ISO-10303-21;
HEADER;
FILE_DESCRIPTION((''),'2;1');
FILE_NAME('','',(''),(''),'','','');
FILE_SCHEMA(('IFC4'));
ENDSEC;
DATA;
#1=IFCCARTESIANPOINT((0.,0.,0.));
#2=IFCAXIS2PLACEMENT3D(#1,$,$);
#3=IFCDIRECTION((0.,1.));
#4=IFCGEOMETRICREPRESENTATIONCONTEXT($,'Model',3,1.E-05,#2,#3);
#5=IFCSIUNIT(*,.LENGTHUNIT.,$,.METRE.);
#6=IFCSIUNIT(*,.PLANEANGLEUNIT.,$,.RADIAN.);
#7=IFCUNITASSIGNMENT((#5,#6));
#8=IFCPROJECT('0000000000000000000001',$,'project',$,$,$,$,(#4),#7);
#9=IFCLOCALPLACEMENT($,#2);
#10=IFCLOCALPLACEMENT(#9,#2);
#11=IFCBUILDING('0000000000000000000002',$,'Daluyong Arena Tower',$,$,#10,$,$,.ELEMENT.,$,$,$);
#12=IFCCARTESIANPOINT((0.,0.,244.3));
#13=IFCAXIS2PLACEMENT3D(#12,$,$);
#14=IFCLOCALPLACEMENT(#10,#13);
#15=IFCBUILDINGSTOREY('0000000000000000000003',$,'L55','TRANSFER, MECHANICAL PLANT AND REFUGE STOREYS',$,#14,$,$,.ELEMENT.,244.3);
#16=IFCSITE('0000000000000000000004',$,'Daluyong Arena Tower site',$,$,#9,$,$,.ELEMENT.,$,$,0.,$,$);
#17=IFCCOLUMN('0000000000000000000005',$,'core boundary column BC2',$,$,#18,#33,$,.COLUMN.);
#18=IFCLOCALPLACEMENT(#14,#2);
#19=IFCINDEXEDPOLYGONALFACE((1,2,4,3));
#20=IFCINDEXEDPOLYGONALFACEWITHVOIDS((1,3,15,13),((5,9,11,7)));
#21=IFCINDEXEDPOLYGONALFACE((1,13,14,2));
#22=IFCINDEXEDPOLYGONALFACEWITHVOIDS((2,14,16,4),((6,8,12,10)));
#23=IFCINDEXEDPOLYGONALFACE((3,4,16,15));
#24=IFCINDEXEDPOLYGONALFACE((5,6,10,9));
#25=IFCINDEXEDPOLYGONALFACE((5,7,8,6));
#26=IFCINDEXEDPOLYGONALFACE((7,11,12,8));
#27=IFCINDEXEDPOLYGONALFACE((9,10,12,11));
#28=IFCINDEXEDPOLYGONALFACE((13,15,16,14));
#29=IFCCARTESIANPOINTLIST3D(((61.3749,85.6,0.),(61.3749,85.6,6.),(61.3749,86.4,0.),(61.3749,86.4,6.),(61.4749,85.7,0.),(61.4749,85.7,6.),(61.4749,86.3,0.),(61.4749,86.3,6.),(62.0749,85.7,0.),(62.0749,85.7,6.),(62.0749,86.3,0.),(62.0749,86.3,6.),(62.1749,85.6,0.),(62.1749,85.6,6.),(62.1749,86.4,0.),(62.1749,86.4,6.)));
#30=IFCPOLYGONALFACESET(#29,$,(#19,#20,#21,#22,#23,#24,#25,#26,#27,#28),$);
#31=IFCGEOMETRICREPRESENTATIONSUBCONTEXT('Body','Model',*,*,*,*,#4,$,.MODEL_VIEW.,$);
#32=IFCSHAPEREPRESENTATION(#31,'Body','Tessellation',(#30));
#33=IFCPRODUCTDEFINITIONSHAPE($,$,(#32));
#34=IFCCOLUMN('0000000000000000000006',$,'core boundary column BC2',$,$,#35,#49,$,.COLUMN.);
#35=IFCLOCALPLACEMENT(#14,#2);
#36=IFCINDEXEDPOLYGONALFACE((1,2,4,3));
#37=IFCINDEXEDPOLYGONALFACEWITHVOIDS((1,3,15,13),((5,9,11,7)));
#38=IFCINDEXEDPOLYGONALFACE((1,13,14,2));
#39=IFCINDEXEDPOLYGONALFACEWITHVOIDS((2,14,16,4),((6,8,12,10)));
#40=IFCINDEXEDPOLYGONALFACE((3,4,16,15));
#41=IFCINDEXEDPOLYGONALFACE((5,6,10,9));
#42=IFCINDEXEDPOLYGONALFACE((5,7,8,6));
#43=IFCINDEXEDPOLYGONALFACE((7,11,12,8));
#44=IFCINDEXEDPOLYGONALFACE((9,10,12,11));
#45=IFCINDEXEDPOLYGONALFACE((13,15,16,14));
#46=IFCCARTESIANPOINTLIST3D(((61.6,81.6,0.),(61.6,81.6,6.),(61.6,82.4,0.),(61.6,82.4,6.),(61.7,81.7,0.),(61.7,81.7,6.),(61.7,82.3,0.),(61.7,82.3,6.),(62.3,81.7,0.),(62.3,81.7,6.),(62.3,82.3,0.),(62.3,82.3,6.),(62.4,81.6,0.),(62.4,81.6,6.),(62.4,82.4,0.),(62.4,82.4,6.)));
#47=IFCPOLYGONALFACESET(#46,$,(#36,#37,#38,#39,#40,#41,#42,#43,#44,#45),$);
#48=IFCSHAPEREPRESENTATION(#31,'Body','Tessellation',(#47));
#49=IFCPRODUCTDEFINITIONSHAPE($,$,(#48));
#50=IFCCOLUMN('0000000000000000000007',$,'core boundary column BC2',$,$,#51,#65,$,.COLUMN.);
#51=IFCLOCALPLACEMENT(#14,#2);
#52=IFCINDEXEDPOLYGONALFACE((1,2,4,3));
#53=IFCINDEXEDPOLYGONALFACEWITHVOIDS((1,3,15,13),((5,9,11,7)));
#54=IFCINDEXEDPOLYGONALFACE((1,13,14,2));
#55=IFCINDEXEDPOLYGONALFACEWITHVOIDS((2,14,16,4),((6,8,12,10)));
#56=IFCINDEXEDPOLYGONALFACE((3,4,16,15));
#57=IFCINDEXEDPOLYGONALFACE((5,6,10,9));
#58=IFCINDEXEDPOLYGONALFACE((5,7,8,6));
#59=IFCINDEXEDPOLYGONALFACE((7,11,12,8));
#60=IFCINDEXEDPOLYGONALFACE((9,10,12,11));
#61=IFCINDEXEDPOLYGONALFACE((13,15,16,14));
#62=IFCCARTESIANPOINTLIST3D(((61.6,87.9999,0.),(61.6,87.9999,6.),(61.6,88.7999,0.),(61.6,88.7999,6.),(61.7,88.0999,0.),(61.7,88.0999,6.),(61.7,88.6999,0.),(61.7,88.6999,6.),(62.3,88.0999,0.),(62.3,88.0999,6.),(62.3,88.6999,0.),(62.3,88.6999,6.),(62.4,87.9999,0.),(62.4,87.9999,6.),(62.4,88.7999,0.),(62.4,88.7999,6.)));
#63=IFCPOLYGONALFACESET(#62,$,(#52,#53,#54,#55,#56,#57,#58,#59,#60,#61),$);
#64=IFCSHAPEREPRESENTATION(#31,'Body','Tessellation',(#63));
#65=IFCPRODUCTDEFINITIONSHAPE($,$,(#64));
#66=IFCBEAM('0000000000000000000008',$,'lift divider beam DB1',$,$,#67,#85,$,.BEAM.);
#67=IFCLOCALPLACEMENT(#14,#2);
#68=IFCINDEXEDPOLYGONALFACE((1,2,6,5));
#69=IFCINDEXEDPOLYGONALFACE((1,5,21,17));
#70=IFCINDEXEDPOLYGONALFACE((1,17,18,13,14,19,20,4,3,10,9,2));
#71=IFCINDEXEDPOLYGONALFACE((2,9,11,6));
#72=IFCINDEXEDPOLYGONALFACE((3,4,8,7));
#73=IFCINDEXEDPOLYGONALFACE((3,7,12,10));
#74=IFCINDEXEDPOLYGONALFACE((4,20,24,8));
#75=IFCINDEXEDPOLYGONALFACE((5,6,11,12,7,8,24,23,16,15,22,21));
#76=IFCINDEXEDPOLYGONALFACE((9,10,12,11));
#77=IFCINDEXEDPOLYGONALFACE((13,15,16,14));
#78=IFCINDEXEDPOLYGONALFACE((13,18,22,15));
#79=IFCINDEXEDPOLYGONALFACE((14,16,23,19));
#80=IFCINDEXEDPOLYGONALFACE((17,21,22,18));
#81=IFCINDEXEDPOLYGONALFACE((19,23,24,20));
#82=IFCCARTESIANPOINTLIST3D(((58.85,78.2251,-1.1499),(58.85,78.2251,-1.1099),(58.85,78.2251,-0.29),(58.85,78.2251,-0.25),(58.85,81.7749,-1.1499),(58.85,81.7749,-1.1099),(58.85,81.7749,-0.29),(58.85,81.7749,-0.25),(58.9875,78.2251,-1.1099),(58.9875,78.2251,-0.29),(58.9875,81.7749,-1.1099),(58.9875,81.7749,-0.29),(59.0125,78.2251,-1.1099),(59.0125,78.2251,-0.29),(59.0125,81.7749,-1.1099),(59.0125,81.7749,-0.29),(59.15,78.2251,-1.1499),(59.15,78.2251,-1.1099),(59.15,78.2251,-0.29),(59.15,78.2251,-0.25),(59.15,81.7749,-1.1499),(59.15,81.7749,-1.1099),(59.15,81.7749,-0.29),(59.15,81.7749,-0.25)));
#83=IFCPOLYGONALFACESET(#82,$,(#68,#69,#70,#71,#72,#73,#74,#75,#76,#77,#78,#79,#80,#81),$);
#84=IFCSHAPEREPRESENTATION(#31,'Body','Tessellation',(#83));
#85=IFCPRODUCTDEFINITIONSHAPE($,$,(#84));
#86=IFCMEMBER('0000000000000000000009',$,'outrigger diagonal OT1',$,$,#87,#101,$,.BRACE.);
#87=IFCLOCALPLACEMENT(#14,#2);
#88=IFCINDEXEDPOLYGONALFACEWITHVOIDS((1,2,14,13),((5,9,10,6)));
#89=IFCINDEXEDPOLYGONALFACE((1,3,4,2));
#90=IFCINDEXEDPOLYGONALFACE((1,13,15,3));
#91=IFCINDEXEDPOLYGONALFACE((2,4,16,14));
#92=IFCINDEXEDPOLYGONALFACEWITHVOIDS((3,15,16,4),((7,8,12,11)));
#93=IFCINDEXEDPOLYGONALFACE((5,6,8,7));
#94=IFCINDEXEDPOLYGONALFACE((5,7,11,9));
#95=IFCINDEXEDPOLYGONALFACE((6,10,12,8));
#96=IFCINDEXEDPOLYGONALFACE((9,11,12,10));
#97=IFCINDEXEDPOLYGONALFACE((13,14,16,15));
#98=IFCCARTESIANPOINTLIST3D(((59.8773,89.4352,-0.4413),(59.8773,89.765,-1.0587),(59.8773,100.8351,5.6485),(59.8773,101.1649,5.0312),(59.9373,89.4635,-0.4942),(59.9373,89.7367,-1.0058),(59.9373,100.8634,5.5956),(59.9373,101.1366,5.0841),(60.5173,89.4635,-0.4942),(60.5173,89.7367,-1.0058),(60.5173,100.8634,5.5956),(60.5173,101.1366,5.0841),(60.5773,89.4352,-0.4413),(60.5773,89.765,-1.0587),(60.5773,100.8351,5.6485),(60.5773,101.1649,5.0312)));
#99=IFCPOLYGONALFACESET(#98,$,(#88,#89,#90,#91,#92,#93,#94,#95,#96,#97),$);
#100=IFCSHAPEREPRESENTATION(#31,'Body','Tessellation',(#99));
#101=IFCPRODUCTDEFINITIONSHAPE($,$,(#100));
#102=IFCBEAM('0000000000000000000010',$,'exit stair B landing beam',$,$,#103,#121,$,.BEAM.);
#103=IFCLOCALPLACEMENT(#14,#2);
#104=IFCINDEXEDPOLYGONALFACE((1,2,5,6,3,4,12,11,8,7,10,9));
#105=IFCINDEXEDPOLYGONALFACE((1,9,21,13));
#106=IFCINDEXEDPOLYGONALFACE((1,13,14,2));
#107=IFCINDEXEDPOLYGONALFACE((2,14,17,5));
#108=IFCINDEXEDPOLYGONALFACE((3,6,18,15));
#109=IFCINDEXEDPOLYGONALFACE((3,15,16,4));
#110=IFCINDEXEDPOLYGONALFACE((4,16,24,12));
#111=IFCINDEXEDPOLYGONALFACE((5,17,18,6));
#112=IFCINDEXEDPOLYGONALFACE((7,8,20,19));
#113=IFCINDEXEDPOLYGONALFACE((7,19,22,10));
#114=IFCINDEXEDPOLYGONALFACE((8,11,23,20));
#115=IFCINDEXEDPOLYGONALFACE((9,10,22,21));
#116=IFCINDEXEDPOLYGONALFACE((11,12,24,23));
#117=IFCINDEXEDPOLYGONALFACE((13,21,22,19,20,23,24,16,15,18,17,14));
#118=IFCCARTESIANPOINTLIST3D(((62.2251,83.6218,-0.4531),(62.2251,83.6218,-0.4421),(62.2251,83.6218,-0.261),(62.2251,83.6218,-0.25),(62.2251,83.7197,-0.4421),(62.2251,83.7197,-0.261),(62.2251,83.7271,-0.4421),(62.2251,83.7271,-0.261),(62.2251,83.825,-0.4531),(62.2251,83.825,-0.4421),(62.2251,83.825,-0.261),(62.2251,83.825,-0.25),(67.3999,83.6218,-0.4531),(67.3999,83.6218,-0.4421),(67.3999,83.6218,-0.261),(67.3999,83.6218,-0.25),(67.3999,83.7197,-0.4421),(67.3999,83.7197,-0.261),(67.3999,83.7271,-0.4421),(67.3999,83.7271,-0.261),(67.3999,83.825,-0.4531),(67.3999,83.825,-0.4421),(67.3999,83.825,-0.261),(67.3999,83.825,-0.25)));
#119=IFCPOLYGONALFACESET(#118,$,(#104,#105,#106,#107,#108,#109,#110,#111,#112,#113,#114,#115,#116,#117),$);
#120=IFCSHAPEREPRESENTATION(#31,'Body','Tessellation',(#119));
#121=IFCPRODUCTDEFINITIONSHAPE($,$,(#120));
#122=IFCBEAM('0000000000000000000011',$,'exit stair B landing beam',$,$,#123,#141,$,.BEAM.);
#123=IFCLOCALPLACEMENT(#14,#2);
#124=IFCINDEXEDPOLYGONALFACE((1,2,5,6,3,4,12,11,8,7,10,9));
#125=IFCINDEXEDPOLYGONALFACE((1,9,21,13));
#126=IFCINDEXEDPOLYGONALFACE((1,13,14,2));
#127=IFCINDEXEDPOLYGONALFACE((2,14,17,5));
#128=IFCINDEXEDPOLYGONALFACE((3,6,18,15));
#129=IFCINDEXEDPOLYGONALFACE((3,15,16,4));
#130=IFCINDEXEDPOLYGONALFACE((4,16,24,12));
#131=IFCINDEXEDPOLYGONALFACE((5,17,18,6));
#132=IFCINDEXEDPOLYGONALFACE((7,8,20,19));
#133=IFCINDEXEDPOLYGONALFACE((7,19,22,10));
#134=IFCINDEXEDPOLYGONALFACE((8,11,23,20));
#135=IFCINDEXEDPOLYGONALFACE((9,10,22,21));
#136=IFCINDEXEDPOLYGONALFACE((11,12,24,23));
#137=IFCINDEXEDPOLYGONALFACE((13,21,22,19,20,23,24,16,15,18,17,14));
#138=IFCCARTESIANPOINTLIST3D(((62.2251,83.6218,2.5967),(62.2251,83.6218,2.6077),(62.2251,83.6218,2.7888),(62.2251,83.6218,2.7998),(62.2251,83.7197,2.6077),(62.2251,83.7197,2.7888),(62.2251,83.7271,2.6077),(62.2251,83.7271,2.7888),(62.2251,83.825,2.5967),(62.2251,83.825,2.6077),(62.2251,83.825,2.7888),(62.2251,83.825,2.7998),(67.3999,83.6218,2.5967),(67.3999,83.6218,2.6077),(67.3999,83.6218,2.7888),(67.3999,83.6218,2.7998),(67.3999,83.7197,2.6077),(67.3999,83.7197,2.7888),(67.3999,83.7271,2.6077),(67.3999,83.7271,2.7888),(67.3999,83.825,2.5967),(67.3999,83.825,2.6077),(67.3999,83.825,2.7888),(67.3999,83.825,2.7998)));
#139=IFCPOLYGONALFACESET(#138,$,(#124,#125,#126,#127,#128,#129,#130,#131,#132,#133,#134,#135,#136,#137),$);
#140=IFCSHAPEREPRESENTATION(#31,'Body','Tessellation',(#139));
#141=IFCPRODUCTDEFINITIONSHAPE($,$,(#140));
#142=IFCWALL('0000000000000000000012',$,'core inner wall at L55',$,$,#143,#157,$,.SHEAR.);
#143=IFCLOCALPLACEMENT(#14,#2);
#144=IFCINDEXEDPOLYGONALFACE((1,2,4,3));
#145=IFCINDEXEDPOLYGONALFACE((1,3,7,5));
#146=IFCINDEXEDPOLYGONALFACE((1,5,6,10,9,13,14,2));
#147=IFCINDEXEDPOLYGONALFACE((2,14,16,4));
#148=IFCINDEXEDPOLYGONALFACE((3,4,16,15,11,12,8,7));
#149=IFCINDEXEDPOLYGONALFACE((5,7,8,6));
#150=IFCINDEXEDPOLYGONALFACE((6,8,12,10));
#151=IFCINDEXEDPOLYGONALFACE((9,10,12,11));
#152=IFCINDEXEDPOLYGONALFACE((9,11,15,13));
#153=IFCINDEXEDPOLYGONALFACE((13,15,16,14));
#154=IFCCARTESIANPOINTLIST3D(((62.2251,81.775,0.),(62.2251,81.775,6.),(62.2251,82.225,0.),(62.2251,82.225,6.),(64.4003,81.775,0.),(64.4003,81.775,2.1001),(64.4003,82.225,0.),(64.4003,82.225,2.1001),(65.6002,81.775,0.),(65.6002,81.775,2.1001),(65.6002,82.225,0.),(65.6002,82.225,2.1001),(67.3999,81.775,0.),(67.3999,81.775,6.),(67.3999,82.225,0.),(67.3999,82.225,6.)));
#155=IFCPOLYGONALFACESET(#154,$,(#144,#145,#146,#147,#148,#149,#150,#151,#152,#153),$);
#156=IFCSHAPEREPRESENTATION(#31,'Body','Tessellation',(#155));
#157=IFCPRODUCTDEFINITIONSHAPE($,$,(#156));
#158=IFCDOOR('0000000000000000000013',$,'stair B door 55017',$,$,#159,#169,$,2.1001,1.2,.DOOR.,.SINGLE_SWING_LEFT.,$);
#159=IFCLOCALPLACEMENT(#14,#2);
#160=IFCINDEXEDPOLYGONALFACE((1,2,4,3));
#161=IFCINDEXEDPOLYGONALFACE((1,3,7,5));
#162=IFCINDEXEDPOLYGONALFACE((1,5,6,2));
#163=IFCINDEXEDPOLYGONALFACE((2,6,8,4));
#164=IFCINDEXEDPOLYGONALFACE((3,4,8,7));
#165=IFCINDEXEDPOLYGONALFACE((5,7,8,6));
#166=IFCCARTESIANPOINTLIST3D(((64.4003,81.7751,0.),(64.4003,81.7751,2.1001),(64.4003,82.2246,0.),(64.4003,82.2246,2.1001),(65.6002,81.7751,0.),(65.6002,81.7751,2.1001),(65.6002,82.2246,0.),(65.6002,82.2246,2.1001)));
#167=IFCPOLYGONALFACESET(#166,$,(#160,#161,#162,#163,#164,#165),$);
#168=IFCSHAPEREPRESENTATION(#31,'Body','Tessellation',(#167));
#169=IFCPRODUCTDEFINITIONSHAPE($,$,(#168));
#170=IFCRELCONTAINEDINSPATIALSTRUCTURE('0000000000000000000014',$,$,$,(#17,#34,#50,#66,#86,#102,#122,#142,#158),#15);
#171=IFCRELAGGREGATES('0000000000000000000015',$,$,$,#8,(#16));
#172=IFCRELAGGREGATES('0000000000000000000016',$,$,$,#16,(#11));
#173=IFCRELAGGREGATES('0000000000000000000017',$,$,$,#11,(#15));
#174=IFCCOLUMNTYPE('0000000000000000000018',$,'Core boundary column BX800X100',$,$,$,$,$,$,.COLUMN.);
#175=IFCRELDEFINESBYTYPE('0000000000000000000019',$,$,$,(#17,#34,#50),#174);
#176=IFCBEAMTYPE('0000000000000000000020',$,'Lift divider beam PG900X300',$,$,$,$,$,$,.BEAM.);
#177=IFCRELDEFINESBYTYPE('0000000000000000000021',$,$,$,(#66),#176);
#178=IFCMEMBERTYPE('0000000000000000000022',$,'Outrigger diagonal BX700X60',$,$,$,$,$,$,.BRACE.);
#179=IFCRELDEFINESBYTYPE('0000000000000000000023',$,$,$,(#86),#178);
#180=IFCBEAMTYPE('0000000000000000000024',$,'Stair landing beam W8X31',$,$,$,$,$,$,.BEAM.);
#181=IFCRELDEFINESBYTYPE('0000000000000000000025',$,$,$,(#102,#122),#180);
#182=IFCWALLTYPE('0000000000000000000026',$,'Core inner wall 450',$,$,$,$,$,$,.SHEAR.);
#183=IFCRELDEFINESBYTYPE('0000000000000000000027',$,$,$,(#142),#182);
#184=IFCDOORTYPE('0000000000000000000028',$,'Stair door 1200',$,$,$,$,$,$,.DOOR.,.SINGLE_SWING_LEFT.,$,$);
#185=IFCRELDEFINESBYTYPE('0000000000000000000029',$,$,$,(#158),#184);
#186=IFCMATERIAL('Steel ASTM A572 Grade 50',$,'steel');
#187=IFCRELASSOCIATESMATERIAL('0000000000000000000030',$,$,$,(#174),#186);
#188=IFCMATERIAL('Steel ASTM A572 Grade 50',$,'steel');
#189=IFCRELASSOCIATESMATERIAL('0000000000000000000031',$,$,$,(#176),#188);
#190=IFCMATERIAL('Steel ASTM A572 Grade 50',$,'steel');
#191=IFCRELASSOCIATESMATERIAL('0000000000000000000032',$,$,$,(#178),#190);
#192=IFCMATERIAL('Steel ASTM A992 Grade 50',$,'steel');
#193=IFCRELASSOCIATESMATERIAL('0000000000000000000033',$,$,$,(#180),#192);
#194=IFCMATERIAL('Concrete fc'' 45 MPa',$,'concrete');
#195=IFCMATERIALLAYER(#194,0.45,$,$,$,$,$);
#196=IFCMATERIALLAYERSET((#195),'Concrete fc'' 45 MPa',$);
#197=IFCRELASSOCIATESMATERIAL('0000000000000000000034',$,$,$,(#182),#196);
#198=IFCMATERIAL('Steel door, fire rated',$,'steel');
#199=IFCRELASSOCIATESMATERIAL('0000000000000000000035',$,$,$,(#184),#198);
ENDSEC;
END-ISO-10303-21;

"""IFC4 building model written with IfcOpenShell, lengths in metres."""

from ifc_helpers import new_model, si_unit, direction, frame, frame_2d, origin, origin_2d, place, context, subcontext, project, spatial, rectangle, hollow_rectangle, i_section, extrude, material, layer, layer_set, material_profile, profile_set, type_object, element, fill, save


model = new_model("IFC4")

# Units and contexts
model_context = context("Model", 3, precision=1e-05, world=origin(), true_north=direction((0.0, 1.0)))
body_context = subcontext(model_context, "Body", "Model", "MODEL_VIEW")
ifc_project = project(units=[si_unit("LENGTHUNIT", "METRE"), si_unit("PLANEANGLEUNIT", "RADIAN")], contexts=[model_context])

# Site, building, storey
site_placement = place(None, origin())
site = spatial("IfcSite", under=ifc_project, at=site_placement, Name="Daluyong Arena Tower site", CompositionType="ELEMENT", RefElevation=0.0)
building_placement = place(site_placement, origin())
building = spatial("IfcBuilding", under=site, at=building_placement, Name="Daluyong Arena Tower", CompositionType="ELEMENT")
storey_placement = place(building_placement, frame((0.0, 0.0, 244.3)))
storey = spatial("IfcBuildingStorey", under=building, at=storey_placement, Name="L55", Description="TRANSFER, MECHANICAL PLANT AND REFUGE STOREYS", CompositionType="ELEMENT", Elevation=244.3)

# Columns
ifc_material_1 = material(Name="Steel ASTM A572 Grade 50", Category="steel")
ifc_material_profile_1 = material_profile(ifc_material_1, hollow_rectangle(XDim=0.8, YDim=0.8, WallThickness=0.1, at=origin_2d()))
ifc_profile_set_1 = profile_set([ifc_material_profile_1], Name="Steel ASTM A572 Grade 50")
column_type = type_object("IfcColumnType", Name="Core boundary column BX800X100", PredefinedType="COLUMN", material=ifc_profile_set_1)
for number, where, z_axis, x_axis, name in (
    (1, (61.7749, 86.0, 0.0), (0.0, 0.0, 1.0), (1.0, 0.0, 0.0), "core boundary column BC2"),
    (2, (62.0, 82.0, 0.0), (0.0, 0.0, 1.0), (1.0, 0.0, 0.0), "core boundary column BC2"),
    (3, (62.0, 88.3999, 0.0), (0.0, 0.0, 1.0), (1.0, 0.0, 0.0), "core boundary column BC2"),
):
    element("IfcColumn", number, at=place(storey_placement, frame(where, z_axis=z_axis, x_axis=x_axis)), inside=storey, type_object=column_type, Name=name, PredefinedType="COLUMN", context=body_context, shape_type="SweptSolid", body=[
        extrude(hollow_rectangle(XDim=0.8, YDim=0.8, WallThickness=0.1, at=origin_2d()), origin(), (0.0, 0.0, 1.0), 6.0),
    ])

# Beam
ifc_material_2 = material(Name="Steel ASTM A572 Grade 50", Category="steel")
ifc_material_profile_2 = material_profile(ifc_material_2, i_section(OverallWidth=0.3, OverallDepth=0.8999, WebThickness=0.025, FlangeThickness=0.04, at=origin_2d()))
ifc_profile_set_2 = profile_set([ifc_material_profile_2], Name="Steel ASTM A572 Grade 50")
beam_type_1 = type_object("IfcBeamType", Name="Lift divider beam PG900X300", PredefinedType="BEAM", material=ifc_profile_set_2)
beam_placement = place(storey_placement, frame((59.0, 78.2251, -0.7), z_axis=(0.0, 1.0, 0.0), x_axis=(-1.0, 0.0, 0.0)))
element("IfcBeam", 4, at=beam_placement, inside=storey, type_object=beam_type_1, Name="lift divider beam DB1", PredefinedType="BEAM", context=body_context, shape_type="SweptSolid", body=[
    extrude(i_section(OverallWidth=0.3, OverallDepth=0.8999, WebThickness=0.025, FlangeThickness=0.04, at=origin_2d()), origin(), (0.0, 0.0, 1.0), 3.5498),
])

# Member
ifc_material_3 = material(Name="Steel ASTM A572 Grade 50", Category="steel")
ifc_material_profile_3 = material_profile(ifc_material_3, hollow_rectangle(XDim=0.7, YDim=0.7, WallThickness=0.06, at=origin_2d()))
ifc_profile_set_3 = profile_set([ifc_material_profile_3], Name="Steel ASTM A572 Grade 50")
member_type = type_object("IfcMemberType", Name="Outrigger diagonal BX700X60", PredefinedType="BRACE", material=ifc_profile_set_3)
member_placement = place(storey_placement, frame((60.2273, 89.6001, -0.75), z_axis=(0.0, 0.882035, 0.471184), x_axis=(-1.0, 0.0, 0.0)))
element("IfcMember", 5, at=member_placement, inside=storey, type_object=member_type, Name="outrigger diagonal OT1", PredefinedType="BRACE", context=body_context, shape_type="SweptSolid", body=[
    extrude(hollow_rectangle(XDim=0.7, YDim=0.7, WallThickness=0.06, at=origin_2d()), origin(), (0.0, 0.0, 1.0), 12.9246),
])

# Beams
ifc_material_4 = material(Name="Steel ASTM A992 Grade 50", Category="steel")
ifc_material_profile_4 = material_profile(ifc_material_4, i_section(OverallWidth=0.2031, OverallDepth=0.2031, WebThickness=0.0073, FlangeThickness=0.011, at=origin_2d()))
ifc_profile_set_4 = profile_set([ifc_material_profile_4], Name="Steel ASTM A992 Grade 50")
beam_type_2 = type_object("IfcBeamType", Name="Stair landing beam W8X31", PredefinedType="BEAM", material=ifc_profile_set_4)
for number, where, z_axis, x_axis, name in (
    (6, (62.2251, 83.7234, -0.3516), (1.0, 0.0, 0.0), (0.0, 1.0, 0.0), "exit stair B landing beam"),
    (7, (62.2251, 83.7234, 2.6982), (1.0, 0.0, 0.0), (0.0, 1.0, 0.0), "exit stair B landing beam"),
):
    element("IfcBeam", number, at=place(storey_placement, frame(where, z_axis=z_axis, x_axis=x_axis)), inside=storey, type_object=beam_type_2, Name=name, PredefinedType="BEAM", context=body_context, shape_type="SweptSolid", body=[
        extrude(i_section(OverallWidth=0.2031, OverallDepth=0.2031, WebThickness=0.0073, FlangeThickness=0.011, at=origin_2d()), origin(), (0.0, 0.0, 1.0), 5.1748),
    ])

# Wall, opening, door
ifc_material_5 = material(Name="Concrete fc' 45 MPa", Category="concrete")
ifc_layer_1 = layer(ifc_material_5, 0.45)
ifc_layer_set_1 = layer_set([ifc_layer_1], Name="Concrete fc' 45 MPa")
wall_type_1 = type_object("IfcWallType", Name="Core inner wall 450", PredefinedType="SHEAR", material=ifc_layer_set_1)
wall_1_placement = place(storey_placement, frame((62.2251, 82.0, 0.0), z_axis=(0.0, 0.0, 1.0), x_axis=(1.0, 0.0, 0.0)))
wall_1 = element("IfcWall", 8, at=wall_1_placement, inside=storey, type_object=wall_type_1, Name="core inner wall at L55", PredefinedType="SHEAR", context=body_context, shape_type="SweptSolid", body=[
    extrude(rectangle(XDim=5.1748, YDim=0.45, at=frame_2d((2.5874, 0.0))), origin(), (0.0, 0.0, 1.0), 6.0),
])
opening_1_placement = place(wall_1_placement, frame((2.175, 0.0, 0.0)))
opening_1 = element("IfcOpeningElement", 9, at=opening_1_placement, cuts=wall_1, PredefinedType="OPENING", context=body_context, shape_type="SweptSolid", body=[
    extrude(rectangle(XDim=1.2, YDim=2.1001, at=frame_2d((0.6001, 1.05))), frame((0.0, 0.2349, 0.0), z_axis=(0.0, -1.0, 0.0), x_axis=(1.0, 0.0, 0.0)), (0.0, 0.0, 1.0), 0.47),
])
ifc_material_6 = material(Name="Steel door, fire rated", Category="steel")
door_type_1 = type_object("IfcDoorType", Name="Stair door 1200", OperationType="SINGLE_SWING_LEFT", PredefinedType="DOOR", material=ifc_material_6)
door_1_placement = place(opening_1_placement, origin())
door_1 = element("IfcDoor", 10, at=door_1_placement, inside=storey, type_object=door_type_1, Name="stair B door 55017", OperationType="SINGLE_SWING_LEFT", OverallHeight=2.1001, OverallWidth=1.2, PredefinedType="DOOR", context=body_context, shape_type="SweptSolid", body=[
    extrude(rectangle(XDim=1.2, YDim=2.1001, at=frame_2d((0.6001, 1.05))), frame((0.0, 0.2246, 0.0), z_axis=(0.0, -1.0, 0.0), x_axis=(1.0, 0.0, 0.0)), (0.0, 0.0, 1.0), 0.4495),
])
fill(opening_1, door_1)

save(model, "model.ifc")
